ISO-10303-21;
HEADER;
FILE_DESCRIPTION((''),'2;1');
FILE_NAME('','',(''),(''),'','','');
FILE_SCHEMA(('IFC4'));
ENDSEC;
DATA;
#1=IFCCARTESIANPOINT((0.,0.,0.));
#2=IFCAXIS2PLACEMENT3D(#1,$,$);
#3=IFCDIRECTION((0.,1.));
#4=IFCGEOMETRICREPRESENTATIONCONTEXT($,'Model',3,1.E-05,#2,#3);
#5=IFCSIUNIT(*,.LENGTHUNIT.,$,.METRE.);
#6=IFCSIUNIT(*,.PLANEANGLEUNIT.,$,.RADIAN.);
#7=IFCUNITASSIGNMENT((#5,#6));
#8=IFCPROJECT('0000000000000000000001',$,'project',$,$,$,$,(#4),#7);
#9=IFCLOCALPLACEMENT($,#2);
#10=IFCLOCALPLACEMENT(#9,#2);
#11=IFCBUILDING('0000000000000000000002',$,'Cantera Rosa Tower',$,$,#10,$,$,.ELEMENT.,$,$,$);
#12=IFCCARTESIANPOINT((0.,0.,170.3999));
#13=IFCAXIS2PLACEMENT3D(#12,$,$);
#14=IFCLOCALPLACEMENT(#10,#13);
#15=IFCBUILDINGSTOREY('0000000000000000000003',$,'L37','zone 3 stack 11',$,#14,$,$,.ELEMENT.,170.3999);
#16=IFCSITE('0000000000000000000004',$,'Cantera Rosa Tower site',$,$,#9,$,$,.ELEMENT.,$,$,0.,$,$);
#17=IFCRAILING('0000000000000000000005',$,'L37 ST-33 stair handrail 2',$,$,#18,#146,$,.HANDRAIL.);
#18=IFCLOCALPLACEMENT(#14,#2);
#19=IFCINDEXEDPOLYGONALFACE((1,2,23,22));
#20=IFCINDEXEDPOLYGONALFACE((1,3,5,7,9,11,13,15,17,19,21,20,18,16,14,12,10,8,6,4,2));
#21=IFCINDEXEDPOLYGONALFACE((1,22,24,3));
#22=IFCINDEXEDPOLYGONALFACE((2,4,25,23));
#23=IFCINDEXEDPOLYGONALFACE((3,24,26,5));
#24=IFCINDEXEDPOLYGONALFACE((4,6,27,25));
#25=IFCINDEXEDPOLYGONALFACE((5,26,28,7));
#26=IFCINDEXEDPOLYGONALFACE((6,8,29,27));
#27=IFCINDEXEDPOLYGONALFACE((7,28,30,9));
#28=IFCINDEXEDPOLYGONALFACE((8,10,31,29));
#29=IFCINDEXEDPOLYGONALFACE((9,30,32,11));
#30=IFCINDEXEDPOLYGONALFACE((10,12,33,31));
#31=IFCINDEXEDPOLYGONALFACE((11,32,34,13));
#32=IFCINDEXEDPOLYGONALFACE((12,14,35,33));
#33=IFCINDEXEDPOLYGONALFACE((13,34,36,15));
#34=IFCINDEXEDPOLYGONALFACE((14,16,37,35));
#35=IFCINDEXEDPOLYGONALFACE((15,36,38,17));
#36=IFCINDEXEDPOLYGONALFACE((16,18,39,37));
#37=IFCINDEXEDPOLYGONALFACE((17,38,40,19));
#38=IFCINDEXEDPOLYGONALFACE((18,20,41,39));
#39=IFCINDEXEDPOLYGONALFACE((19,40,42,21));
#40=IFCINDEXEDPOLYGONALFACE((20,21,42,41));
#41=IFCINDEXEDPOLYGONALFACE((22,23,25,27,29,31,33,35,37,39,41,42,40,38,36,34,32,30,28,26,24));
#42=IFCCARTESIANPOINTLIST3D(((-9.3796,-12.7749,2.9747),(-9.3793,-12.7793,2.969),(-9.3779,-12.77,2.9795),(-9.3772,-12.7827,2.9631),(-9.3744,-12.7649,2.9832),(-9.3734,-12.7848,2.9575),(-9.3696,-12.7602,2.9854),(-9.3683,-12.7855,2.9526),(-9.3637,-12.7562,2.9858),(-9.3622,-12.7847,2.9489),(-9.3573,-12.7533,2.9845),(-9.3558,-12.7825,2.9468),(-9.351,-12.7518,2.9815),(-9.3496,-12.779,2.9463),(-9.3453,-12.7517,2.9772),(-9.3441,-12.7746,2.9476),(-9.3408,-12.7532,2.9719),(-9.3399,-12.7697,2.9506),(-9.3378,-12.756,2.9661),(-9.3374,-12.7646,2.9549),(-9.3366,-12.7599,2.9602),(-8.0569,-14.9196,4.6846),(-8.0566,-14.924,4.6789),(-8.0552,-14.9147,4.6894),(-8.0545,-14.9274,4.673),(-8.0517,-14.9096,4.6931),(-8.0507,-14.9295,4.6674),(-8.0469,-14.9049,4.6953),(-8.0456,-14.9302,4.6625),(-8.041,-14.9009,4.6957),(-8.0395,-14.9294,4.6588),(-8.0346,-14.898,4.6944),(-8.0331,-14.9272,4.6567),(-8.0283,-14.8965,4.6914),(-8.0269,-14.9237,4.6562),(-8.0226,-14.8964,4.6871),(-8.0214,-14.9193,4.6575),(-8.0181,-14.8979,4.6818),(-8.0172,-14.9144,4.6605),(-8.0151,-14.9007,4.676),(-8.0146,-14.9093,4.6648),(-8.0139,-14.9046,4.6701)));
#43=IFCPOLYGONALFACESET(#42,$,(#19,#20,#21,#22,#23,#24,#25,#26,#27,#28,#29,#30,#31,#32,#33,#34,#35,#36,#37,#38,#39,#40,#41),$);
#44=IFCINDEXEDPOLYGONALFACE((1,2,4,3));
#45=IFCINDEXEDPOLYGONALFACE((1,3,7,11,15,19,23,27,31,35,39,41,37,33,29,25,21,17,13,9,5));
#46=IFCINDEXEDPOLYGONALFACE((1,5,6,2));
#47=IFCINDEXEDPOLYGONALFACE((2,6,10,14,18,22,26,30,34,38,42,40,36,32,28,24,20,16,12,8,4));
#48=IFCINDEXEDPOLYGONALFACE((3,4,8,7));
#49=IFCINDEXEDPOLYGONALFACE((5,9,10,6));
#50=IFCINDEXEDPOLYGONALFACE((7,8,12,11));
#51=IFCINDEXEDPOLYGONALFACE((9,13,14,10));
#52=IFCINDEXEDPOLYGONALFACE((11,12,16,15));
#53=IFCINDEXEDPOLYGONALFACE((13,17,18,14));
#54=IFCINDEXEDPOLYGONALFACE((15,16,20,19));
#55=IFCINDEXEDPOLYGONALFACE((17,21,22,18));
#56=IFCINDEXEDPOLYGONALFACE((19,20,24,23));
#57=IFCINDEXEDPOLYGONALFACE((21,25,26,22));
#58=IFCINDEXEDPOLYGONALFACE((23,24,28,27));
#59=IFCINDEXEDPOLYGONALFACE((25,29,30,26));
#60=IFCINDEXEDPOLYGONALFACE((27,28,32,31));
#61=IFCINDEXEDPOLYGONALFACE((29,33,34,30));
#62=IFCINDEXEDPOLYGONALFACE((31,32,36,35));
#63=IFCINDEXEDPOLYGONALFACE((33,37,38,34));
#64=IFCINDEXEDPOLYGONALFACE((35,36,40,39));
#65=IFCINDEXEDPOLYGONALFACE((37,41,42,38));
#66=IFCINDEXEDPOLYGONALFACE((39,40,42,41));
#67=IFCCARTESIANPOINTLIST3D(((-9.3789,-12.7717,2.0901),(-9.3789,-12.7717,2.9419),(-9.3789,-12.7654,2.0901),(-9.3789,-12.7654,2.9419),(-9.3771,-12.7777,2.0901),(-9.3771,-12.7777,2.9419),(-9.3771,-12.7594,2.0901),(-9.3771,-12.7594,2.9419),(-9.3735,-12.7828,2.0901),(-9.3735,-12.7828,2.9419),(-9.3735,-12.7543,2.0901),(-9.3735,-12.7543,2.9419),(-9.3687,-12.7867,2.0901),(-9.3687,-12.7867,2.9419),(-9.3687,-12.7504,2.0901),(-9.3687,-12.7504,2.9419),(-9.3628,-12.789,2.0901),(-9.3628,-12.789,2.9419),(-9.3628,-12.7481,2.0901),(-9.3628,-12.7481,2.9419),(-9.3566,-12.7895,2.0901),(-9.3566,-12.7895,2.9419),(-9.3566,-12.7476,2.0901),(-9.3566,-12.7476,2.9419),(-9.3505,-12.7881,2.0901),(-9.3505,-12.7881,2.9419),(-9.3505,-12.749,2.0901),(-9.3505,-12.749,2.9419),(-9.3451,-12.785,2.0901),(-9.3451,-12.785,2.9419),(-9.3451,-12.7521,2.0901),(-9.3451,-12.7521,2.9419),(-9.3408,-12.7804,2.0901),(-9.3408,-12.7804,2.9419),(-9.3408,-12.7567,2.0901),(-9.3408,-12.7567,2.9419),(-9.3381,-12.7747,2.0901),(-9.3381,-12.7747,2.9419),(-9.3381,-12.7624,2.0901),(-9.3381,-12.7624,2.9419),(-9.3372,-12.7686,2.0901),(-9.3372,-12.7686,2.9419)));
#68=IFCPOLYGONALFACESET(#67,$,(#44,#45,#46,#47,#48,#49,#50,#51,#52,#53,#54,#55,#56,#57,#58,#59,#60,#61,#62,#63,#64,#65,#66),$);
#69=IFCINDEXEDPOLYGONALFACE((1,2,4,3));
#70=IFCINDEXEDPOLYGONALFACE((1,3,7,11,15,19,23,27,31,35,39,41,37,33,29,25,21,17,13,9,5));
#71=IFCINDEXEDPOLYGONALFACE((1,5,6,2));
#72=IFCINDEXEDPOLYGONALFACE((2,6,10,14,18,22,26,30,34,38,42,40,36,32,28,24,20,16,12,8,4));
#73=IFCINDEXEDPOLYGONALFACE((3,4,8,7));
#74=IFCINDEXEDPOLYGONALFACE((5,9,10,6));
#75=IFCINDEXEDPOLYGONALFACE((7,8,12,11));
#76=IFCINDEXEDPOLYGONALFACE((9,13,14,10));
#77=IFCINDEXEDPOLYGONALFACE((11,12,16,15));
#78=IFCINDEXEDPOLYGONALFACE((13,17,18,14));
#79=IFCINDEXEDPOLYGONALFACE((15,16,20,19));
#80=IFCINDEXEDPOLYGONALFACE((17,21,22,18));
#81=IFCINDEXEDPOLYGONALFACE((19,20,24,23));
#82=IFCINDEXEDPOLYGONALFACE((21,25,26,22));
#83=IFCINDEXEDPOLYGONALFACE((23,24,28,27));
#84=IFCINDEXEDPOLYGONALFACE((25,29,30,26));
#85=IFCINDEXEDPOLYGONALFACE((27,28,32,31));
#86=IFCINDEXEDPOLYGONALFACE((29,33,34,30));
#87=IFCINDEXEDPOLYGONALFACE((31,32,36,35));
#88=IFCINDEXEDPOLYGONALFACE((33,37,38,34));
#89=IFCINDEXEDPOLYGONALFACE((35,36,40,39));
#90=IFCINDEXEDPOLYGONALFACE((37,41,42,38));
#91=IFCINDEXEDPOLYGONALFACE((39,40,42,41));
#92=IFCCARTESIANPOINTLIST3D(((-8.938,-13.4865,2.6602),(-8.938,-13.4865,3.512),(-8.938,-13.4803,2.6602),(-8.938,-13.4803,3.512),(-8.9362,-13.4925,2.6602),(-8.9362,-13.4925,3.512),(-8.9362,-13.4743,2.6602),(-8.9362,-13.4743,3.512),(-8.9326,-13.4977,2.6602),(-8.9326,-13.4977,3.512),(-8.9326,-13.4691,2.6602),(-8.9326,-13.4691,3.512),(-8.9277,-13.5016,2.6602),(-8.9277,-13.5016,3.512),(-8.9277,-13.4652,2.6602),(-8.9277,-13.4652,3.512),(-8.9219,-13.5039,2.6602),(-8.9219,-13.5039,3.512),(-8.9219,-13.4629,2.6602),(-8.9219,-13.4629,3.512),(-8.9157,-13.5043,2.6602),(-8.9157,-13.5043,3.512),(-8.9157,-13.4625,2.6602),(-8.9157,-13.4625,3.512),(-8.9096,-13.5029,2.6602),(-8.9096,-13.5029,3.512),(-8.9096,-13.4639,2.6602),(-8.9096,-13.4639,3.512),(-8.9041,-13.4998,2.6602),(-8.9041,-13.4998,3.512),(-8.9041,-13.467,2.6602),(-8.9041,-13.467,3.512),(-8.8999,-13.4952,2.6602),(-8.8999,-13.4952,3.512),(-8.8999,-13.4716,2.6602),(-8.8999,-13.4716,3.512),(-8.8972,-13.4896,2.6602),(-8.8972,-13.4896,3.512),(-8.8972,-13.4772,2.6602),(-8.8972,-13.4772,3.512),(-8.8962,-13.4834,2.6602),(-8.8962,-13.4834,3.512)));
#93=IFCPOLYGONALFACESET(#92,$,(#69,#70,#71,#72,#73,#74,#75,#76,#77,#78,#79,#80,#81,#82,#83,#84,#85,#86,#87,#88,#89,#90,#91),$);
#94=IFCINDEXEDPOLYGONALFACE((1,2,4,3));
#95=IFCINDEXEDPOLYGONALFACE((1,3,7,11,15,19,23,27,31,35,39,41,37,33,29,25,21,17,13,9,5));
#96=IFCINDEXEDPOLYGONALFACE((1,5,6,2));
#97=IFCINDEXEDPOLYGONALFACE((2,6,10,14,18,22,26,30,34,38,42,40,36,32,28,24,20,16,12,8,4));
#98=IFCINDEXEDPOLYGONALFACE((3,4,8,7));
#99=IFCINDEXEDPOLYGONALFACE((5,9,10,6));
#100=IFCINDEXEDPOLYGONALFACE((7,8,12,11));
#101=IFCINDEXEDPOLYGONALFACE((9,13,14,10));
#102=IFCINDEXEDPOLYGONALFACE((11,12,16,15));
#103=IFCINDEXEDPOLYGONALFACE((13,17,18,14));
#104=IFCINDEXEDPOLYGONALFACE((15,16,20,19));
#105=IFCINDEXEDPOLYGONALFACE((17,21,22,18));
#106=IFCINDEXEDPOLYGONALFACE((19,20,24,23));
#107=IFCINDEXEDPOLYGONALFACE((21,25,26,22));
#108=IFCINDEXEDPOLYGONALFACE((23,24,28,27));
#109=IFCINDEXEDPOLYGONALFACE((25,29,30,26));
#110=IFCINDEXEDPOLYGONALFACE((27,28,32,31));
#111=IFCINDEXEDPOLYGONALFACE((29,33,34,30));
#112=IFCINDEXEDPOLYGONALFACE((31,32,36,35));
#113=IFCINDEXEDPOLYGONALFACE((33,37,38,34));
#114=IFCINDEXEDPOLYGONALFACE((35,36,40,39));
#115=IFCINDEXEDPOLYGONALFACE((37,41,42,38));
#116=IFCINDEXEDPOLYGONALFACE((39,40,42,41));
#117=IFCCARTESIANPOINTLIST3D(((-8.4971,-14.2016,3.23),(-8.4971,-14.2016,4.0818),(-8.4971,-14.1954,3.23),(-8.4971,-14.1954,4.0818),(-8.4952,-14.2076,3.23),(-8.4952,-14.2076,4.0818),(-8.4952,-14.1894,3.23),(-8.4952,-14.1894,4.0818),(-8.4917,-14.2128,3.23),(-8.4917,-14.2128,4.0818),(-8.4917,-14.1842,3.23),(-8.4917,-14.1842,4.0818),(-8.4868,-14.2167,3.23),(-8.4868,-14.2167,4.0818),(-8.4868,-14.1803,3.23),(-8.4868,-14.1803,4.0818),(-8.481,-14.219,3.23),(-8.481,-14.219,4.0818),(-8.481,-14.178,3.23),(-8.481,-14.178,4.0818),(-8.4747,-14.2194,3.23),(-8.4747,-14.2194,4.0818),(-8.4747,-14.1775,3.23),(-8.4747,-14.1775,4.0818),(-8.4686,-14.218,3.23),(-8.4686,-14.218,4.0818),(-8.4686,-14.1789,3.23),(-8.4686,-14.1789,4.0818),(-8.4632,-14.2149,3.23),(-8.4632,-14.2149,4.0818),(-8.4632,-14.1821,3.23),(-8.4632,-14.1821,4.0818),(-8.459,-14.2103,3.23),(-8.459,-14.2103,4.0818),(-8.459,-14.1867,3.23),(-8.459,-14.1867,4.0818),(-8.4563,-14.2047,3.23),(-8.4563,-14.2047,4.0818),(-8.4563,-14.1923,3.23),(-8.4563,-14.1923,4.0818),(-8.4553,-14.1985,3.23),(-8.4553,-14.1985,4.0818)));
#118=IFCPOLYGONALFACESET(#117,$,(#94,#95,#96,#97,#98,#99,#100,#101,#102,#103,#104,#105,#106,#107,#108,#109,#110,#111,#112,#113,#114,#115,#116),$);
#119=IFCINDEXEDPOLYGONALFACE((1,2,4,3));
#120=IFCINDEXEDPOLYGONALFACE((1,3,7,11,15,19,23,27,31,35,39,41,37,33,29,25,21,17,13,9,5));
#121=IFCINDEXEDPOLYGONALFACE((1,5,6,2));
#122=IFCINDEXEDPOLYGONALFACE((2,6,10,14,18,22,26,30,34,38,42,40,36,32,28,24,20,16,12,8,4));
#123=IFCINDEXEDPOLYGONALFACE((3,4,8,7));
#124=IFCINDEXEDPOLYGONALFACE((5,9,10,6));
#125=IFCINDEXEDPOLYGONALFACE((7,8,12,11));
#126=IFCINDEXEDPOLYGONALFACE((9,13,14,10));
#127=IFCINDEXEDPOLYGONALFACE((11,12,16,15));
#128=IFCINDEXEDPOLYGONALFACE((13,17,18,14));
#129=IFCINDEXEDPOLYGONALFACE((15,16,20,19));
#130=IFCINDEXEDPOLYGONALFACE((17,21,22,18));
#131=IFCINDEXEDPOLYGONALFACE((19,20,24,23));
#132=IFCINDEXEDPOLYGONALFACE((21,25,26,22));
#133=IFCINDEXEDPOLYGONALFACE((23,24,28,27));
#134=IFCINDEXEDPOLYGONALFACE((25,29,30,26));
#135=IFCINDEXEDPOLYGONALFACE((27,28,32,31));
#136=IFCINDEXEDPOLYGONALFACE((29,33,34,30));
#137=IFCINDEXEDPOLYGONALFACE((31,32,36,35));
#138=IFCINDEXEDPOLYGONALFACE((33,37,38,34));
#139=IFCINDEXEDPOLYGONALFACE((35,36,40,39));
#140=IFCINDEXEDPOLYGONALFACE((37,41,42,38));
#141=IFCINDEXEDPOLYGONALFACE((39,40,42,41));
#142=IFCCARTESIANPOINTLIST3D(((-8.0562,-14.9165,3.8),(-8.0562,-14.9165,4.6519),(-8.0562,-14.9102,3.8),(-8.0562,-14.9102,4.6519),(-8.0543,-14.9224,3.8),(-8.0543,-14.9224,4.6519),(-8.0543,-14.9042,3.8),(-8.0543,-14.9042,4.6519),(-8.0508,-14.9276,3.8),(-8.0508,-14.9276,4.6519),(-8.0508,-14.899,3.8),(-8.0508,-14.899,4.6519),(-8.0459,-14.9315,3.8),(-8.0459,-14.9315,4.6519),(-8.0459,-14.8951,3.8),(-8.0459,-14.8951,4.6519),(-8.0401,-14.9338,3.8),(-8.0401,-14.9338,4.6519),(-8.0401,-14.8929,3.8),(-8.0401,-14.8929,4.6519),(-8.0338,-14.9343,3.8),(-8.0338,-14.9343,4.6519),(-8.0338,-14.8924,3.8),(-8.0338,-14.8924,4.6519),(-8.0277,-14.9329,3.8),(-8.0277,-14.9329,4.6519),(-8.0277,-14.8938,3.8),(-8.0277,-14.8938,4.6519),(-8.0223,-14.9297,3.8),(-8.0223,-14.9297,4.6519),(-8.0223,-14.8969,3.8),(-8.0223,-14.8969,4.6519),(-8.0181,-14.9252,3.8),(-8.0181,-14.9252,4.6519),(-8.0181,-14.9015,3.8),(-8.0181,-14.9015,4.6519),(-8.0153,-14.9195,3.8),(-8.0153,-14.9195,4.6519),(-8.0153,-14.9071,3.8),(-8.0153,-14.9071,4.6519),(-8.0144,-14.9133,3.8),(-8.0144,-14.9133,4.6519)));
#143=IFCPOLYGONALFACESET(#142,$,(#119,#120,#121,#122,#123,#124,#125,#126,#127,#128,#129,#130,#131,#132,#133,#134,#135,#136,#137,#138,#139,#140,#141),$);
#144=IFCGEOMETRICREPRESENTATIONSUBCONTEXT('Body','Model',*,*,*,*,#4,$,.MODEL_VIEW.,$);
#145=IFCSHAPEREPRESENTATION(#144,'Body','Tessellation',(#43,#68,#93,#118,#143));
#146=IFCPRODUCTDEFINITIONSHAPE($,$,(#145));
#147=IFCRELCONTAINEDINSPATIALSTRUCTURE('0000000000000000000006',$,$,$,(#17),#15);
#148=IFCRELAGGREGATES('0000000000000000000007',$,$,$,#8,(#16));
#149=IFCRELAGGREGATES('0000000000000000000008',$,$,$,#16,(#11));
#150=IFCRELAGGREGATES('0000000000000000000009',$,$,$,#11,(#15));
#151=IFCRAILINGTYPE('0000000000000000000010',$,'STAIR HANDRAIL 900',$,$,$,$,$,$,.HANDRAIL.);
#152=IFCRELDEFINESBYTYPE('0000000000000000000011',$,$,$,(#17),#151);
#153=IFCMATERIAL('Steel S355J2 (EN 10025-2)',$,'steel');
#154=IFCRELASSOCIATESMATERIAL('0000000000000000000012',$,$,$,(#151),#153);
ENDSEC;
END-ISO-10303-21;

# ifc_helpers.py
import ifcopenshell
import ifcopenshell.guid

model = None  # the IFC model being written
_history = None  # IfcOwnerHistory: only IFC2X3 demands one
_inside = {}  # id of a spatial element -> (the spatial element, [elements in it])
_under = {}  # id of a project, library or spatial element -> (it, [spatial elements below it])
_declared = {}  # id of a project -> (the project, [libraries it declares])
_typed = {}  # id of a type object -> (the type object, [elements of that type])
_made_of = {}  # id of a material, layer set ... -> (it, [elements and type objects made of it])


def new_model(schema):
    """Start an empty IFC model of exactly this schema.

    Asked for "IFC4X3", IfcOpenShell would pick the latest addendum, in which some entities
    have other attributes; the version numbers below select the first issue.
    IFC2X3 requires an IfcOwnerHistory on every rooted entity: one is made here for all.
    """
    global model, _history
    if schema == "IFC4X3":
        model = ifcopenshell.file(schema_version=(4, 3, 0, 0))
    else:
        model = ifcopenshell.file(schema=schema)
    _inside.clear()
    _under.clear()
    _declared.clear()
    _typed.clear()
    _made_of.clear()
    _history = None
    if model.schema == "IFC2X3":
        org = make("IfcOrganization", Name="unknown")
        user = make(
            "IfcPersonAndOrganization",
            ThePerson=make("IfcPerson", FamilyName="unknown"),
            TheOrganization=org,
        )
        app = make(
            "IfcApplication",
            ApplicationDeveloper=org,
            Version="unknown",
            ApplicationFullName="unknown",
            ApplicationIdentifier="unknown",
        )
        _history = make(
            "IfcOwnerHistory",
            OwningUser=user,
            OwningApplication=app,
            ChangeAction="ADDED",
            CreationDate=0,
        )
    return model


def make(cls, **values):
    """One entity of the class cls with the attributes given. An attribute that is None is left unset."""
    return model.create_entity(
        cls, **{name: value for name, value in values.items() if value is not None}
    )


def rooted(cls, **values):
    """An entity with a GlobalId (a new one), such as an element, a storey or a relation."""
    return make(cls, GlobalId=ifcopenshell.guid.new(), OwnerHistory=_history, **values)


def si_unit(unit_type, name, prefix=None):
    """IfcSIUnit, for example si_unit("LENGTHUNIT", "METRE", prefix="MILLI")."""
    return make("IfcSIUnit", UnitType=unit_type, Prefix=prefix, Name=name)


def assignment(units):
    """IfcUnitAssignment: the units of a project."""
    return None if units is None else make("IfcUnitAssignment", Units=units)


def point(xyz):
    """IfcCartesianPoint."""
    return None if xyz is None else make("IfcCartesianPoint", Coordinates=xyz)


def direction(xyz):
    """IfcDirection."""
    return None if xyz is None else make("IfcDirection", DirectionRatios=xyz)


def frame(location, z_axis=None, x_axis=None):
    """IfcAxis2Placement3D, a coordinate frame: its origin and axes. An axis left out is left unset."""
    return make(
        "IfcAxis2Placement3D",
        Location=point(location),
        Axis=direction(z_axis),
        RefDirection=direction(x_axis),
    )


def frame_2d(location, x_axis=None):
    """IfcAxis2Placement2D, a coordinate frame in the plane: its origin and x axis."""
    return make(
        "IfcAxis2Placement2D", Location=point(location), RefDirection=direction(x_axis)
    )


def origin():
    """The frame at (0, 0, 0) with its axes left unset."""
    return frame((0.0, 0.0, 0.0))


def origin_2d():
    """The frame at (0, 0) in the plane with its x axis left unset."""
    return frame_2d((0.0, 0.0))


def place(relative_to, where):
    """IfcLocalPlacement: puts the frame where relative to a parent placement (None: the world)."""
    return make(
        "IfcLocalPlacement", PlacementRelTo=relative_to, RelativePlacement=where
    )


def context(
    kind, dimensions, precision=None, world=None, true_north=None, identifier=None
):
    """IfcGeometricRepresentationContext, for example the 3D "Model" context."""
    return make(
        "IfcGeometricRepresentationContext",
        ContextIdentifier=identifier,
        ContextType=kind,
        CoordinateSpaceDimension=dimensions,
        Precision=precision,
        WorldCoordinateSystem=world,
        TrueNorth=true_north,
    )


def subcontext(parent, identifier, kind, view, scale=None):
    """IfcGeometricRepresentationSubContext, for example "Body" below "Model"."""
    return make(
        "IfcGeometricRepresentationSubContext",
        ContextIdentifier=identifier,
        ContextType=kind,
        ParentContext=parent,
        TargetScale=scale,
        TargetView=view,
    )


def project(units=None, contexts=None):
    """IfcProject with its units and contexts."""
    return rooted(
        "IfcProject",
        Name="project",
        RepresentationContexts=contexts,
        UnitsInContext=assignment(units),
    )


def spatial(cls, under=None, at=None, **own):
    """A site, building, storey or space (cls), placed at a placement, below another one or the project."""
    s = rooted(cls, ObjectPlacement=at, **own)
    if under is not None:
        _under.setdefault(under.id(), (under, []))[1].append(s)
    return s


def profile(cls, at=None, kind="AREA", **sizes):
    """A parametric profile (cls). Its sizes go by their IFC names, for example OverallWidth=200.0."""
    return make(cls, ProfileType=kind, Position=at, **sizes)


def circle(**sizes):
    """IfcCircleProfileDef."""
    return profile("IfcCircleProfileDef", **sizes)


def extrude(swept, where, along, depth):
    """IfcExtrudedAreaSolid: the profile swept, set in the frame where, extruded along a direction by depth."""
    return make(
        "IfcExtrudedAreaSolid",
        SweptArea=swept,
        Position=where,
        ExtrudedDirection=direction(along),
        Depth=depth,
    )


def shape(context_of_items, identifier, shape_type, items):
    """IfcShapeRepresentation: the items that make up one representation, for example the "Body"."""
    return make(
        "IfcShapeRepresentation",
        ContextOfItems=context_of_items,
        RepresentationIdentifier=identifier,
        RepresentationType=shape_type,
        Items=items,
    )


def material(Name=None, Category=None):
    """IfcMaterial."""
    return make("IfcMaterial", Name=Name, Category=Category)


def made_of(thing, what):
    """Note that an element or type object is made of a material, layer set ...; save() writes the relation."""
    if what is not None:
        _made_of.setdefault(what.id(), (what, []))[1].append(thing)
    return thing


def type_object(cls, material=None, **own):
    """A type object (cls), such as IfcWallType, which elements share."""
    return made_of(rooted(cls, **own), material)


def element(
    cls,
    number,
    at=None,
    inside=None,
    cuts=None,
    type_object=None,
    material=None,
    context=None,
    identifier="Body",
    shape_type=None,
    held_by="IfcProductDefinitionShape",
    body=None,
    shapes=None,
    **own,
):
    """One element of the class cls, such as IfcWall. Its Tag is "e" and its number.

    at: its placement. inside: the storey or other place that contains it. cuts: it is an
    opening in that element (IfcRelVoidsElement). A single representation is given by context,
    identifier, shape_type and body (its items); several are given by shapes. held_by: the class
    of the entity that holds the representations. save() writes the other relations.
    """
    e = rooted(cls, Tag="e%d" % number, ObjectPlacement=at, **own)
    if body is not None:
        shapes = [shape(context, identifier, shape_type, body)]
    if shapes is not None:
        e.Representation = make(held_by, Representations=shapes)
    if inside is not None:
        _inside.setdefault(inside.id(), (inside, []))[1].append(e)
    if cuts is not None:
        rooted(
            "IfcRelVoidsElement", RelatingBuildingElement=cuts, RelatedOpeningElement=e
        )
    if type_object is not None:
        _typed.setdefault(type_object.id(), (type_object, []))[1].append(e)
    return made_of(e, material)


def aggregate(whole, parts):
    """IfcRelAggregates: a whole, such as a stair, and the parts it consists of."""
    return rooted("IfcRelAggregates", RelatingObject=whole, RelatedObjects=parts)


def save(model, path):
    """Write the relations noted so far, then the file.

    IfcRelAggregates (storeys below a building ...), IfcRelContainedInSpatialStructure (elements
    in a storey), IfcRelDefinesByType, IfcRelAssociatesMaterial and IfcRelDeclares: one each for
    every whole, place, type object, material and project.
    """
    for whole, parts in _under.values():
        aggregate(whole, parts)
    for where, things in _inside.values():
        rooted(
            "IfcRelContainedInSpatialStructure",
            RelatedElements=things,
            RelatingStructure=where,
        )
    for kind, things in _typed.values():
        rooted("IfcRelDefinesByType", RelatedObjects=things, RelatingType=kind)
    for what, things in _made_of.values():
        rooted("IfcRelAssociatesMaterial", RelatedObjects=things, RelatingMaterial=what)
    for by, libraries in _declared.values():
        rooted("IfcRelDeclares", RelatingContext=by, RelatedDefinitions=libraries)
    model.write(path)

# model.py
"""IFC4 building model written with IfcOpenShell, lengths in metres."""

from ifc_helpers import new_model, si_unit, direction, frame, origin, origin_2d, place, context, subcontext, project, spatial, circle, extrude, material, type_object, element, save


model = new_model("IFC4")

# Units and contexts
model_context = context("Model", 3, precision=1e-05, world=origin(), true_north=direction((0.0, 1.0)))
body_context = subcontext(model_context, "Body", "Model", "MODEL_VIEW")
ifc_project = project(units=[si_unit("LENGTHUNIT", "METRE"), si_unit("PLANEANGLEUNIT", "RADIAN")], contexts=[model_context])

# Site, building, storey
site_placement = place(None, origin())
site = spatial("IfcSite", under=ifc_project, at=site_placement, Name="Cantera Rosa Tower site", CompositionType="ELEMENT", RefElevation=0.0)
building_placement = place(site_placement, origin())
building = spatial("IfcBuilding", under=site, at=building_placement, Name="Cantera Rosa Tower", CompositionType="ELEMENT")
storey_placement = place(building_placement, frame((0.0, 0.0, 170.3999)))
storey = spatial("IfcBuildingStorey", under=building, at=storey_placement, Name="L37", Description="zone 3 stack 11", CompositionType="ELEMENT", Elevation=170.3999)

# Railing
ifc_material_1 = material(Name="Steel S355J2 (EN 10025-2)", Category="steel")
railing_type_1 = type_object("IfcRailingType", Name="STAIR HANDRAIL 900", PredefinedType="HANDRAIL", material=ifc_material_1)
railing_1_placement = place(storey_placement, frame((-9.3582, -12.7686, 2.0901)))
element("IfcRailing", 1, at=railing_1_placement, inside=storey, type_object=railing_type_1, Name="L37 ST-33 stair handrail 2", PredefinedType="HANDRAIL", context=body_context, shape_type="SweptSolid", body=[
    extrude(circle(Radius=0.0239, at=origin_2d()), frame((0.0, 0.0, 0.876), z_axis=(0.434363, -0.704296, 0.561513), x_axis=(0.851146, 0.52493, 0.0)), (0.0, 0.0, 1.0), 3.0452),
    extrude(circle(Radius=0.021, at=origin_2d()), origin(), (0.0, 0.0, 1.0), 0.8518),
    extrude(circle(Radius=0.021, at=origin_2d()), frame((0.4409, -0.7148, 0.5701)), (0.0, 0.0, 1.0), 0.8518),
    extrude(circle(Radius=0.021, at=origin_2d()), frame((0.8818, -1.4299, 1.1399)), (0.0, 0.0, 1.0), 0.8518),
    extrude(circle(Radius=0.021, at=origin_2d()), frame((1.3228, -2.1448, 1.71)), (0.0, 0.0, 1.0), 0.8518),
])

save(model, "model.ifc")
